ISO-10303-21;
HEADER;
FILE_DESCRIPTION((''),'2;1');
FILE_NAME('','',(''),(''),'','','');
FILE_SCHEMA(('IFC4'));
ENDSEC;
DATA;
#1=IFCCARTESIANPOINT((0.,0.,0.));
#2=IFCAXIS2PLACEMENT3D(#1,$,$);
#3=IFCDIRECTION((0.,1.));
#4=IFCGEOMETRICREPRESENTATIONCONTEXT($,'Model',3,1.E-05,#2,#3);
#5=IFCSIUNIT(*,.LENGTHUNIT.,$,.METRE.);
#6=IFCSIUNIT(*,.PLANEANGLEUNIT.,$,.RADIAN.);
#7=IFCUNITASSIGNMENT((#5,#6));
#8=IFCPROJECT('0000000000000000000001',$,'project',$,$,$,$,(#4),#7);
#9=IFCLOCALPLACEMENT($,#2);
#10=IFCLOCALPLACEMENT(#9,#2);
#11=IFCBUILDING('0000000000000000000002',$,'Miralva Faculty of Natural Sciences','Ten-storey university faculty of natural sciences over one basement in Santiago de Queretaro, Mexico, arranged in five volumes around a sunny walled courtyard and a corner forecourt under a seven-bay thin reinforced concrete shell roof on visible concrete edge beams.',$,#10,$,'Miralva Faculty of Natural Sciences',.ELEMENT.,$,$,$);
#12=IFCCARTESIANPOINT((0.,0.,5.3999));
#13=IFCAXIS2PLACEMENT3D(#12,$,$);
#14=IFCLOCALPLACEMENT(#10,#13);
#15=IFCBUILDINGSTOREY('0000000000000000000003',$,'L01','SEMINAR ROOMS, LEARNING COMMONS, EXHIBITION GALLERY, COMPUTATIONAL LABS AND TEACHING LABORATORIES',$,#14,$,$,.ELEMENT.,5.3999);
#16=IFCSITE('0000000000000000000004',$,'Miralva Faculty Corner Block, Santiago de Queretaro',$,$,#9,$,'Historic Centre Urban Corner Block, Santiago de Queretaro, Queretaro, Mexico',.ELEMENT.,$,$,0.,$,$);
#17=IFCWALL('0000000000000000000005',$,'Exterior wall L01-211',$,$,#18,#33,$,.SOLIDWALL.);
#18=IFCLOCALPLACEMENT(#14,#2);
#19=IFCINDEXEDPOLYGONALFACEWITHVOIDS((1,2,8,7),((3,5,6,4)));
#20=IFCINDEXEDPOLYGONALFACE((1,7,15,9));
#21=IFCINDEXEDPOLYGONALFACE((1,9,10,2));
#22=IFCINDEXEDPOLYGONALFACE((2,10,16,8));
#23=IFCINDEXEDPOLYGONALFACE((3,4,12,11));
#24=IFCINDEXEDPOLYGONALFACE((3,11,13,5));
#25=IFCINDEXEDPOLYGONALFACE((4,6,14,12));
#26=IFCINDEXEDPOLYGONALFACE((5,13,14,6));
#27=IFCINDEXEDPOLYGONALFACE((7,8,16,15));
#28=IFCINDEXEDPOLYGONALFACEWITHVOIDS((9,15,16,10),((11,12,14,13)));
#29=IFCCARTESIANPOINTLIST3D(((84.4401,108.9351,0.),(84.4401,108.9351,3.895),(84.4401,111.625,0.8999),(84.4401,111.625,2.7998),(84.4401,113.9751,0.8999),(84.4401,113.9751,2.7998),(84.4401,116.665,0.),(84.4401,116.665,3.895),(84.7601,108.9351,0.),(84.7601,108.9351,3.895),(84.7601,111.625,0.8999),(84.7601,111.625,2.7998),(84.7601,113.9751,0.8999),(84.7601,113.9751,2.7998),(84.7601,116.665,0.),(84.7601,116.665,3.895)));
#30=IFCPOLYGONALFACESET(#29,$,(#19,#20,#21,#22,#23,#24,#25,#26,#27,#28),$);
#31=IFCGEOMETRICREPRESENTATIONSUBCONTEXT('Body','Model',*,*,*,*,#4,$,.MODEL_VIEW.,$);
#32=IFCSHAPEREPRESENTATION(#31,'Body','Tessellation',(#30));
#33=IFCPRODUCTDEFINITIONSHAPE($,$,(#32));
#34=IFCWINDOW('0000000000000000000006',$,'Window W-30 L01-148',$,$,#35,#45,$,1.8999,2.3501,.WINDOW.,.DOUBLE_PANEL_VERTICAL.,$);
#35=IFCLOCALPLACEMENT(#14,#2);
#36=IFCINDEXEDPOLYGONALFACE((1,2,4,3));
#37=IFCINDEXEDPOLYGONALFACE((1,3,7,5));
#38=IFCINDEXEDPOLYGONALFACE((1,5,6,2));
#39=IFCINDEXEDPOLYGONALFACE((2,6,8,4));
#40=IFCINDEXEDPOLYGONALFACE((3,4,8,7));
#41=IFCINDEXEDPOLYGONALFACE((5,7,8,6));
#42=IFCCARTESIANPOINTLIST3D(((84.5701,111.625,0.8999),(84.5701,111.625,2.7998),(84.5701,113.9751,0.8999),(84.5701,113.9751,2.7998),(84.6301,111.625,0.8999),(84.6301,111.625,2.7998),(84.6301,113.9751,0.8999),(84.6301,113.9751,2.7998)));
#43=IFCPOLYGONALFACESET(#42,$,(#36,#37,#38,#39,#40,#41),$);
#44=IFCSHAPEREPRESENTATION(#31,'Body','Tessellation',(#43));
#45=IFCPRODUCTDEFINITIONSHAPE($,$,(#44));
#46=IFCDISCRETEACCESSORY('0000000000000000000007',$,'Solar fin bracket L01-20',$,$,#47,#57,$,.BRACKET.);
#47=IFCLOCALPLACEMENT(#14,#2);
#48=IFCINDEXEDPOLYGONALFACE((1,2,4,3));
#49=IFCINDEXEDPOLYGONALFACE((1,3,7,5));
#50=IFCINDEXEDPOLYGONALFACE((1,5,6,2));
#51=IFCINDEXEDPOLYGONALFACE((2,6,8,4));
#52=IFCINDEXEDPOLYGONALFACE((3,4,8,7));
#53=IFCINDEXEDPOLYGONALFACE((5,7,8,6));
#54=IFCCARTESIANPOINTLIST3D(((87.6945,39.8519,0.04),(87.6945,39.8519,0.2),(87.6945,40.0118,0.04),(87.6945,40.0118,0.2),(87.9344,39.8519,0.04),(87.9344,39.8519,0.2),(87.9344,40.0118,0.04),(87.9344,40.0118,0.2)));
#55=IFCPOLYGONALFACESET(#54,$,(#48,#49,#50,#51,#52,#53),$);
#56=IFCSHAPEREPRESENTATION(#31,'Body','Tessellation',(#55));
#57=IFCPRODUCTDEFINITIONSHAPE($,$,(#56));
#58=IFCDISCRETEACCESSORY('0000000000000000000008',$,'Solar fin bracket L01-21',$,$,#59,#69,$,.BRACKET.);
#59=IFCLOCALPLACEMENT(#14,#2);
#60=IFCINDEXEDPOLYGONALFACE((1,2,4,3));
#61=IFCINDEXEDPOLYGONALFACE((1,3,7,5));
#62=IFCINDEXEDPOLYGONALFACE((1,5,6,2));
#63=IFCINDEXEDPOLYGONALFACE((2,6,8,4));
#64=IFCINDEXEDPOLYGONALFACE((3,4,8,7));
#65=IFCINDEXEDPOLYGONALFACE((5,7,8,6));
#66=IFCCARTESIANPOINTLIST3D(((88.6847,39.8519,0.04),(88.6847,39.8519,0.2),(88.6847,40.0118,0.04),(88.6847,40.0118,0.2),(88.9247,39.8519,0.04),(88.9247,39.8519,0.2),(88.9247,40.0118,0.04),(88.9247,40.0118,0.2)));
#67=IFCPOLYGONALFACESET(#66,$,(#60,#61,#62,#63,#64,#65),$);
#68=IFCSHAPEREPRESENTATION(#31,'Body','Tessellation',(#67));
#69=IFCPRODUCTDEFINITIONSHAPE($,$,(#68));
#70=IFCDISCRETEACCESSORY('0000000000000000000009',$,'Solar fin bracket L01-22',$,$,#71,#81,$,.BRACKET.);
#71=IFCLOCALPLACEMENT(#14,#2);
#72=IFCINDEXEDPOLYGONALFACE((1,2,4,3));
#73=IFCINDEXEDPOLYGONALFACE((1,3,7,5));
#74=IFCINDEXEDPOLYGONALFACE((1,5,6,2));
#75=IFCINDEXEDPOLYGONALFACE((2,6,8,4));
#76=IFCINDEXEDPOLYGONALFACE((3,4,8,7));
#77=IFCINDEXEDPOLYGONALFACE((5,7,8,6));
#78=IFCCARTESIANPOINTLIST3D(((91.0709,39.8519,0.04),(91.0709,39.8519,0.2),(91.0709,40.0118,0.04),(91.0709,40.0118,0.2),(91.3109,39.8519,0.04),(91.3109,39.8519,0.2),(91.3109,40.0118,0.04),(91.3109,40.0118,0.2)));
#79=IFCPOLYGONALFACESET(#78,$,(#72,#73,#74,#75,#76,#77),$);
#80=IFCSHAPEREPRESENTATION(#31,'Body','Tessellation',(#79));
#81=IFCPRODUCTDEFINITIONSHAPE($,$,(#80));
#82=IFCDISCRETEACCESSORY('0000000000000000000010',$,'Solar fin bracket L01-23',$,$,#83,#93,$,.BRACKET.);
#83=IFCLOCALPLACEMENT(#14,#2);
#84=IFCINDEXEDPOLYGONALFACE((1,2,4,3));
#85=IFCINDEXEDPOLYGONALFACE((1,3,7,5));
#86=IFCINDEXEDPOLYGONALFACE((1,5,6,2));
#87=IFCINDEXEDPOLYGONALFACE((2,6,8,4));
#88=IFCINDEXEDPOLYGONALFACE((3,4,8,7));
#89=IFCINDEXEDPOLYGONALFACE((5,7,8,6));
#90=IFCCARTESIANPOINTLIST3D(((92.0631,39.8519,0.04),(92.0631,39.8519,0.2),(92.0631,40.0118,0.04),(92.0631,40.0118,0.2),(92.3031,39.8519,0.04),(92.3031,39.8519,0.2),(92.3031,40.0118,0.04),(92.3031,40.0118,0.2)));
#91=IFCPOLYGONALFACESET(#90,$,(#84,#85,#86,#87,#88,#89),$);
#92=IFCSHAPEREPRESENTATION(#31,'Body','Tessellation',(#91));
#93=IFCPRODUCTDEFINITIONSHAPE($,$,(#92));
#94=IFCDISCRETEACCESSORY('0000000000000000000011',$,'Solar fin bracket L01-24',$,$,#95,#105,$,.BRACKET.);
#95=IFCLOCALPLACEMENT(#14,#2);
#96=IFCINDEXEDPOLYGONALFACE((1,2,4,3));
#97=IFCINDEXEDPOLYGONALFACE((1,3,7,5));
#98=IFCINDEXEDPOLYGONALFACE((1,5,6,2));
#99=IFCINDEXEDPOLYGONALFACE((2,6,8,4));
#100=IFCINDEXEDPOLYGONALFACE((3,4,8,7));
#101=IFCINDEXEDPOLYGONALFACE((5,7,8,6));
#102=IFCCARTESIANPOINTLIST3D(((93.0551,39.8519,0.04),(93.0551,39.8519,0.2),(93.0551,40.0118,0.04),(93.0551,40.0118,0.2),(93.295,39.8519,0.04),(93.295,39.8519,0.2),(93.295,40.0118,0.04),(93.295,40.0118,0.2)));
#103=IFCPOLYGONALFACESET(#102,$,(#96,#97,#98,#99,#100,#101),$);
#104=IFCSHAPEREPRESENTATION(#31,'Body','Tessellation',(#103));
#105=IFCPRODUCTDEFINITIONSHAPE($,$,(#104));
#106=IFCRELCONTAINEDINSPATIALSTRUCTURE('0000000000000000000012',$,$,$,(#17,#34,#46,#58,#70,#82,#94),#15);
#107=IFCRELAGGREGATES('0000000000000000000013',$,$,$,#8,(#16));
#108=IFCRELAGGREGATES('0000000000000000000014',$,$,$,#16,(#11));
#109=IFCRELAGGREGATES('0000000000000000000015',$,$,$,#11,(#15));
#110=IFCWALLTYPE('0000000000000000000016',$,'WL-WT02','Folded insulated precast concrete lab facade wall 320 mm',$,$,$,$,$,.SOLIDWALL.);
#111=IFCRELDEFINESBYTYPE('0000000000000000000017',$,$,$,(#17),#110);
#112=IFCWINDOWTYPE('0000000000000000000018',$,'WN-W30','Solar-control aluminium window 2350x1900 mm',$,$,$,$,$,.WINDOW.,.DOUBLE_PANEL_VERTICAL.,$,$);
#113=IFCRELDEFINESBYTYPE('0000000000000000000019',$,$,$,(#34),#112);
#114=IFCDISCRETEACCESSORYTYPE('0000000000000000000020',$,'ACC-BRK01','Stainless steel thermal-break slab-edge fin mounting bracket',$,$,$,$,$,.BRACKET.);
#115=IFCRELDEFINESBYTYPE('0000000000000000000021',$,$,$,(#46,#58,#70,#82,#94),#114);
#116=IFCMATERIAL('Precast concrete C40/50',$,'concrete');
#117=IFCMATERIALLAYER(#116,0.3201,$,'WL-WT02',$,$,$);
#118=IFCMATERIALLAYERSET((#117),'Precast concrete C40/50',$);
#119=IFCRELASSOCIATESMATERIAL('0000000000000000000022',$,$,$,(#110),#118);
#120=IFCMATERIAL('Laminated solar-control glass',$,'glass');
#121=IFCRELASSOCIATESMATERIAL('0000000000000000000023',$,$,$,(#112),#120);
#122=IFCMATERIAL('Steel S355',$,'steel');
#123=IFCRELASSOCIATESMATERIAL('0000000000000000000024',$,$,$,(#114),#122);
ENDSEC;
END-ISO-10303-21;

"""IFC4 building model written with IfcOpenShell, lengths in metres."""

from ifc_helpers import new_model, si_unit, direction, frame, frame_2d, origin, origin_2d, place, context, subcontext, project, spatial, rectangle, extrude, material, layer, layer_set, type_object, element, fill, save


model = new_model("IFC4")

# Units and contexts
model_context = context("Model", 3, precision=1e-05, world=origin(), true_north=direction((0.0, 1.0)))
body_context = subcontext(model_context, "Body", "Model", "MODEL_VIEW")
ifc_project = project(units=[si_unit("LENGTHUNIT", "METRE"), si_unit("PLANEANGLEUNIT", "RADIAN")], contexts=[model_context])

# Site, building, storey
site_placement = place(None, origin())
site = spatial("IfcSite", under=ifc_project, at=site_placement, Name="Miralva Faculty Corner Block, Santiago de Queretaro", LongName="Historic Centre Urban Corner Block, Santiago de Queretaro, Queretaro, Mexico", CompositionType="ELEMENT", RefElevation=0.0)
building_placement = place(site_placement, origin())
building = spatial("IfcBuilding", under=site, at=building_placement, Name="Miralva Faculty of Natural Sciences", Description="Ten-storey university faculty of natural sciences over one basement in Santiago de Queretaro, Mexico, arranged in five volumes around a sunny walled courtyard and a corner forecourt under a seven-bay thin reinforced concrete shell roof on visible concrete edge beams.", LongName="Miralva Faculty of Natural Sciences", CompositionType="ELEMENT")
storey_placement = place(building_placement, frame((0.0, 0.0, 5.3999)))
storey = spatial("IfcBuildingStorey", under=building, at=storey_placement, Name="L01", Description="SEMINAR ROOMS, LEARNING COMMONS, EXHIBITION GALLERY, COMPUTATIONAL LABS AND TEACHING LABORATORIES", CompositionType="ELEMENT", Elevation=5.3999)

# Wall, opening, window
ifc_material_1 = material(Name="Precast concrete C40/50", Category="concrete")
ifc_layer = layer(ifc_material_1, 0.3201, Name="WL-WT02")
ifc_layer_set = layer_set([ifc_layer], Name="Precast concrete C40/50")
wall_type = type_object("IfcWallType", Name="WL-WT02", Description="Folded insulated precast concrete lab facade wall 320 mm", PredefinedType="SOLIDWALL", material=ifc_layer_set)
ifc_material_2 = material(Name="Laminated solar-control glass", Category="glass")
wall_1_placement = place(storey_placement, frame((84.6001, 108.9351, 0.0), z_axis=(0.0, 0.0, 1.0), x_axis=(0.0, 1.0, 0.0)))
wall_1 = element("IfcWall", 1, at=wall_1_placement, inside=storey, type_object=wall_type, Name="Exterior wall L01-211", PredefinedType="SOLIDWALL", context=body_context, shape_type="SweptSolid", body=[
    extrude(rectangle(XDim=7.73, YDim=0.3201, at=frame_2d((3.865, 0.0))), origin(), (0.0, 0.0, 1.0), 3.895),
])
opening_1_placement = place(wall_1_placement, frame((2.6899, 0.0, 0.8999)))
opening_1 = element("IfcOpeningElement", 2, at=opening_1_placement, cuts=wall_1, PredefinedType="OPENING", context=body_context, shape_type="SweptSolid", body=[
    extrude(rectangle(XDim=2.3501, YDim=1.8999, at=frame_2d((1.175, 0.95))), frame((0.0, 0.1699, 0.0), z_axis=(0.0, -1.0, 0.0), x_axis=(1.0, 0.0, 0.0)), (0.0, 0.0, 1.0), 0.3401),
])
window_type_1 = type_object("IfcWindowType", Name="WN-W30", Description="Solar-control aluminium window 2350x1900 mm", PartitioningType="DOUBLE_PANEL_VERTICAL", PredefinedType="WINDOW", material=ifc_material_2)
window_1_placement = place(opening_1_placement, frame((2.3501, 0.0, 0.0), z_axis=(0.0, 0.0, 1.0), x_axis=(-1.0, 0.0, 0.0)))
window_1 = element("IfcWindow", 3, at=window_1_placement, inside=storey, type_object=window_type_1, Name="Window W-30 L01-148", OverallHeight=1.8999, OverallWidth=2.3501, PartitioningType="DOUBLE_PANEL_VERTICAL", PredefinedType="WINDOW", context=body_context, shape_type="SweptSolid", body=[
    extrude(rectangle(XDim=2.3501, YDim=1.8999, at=frame_2d((1.175, 0.95))), frame((0.0, 0.03, 0.0), z_axis=(0.0, -1.0, 0.0), x_axis=(1.0, 0.0, 0.0)), (0.0, 0.0, 1.0), 0.0601),
])
fill(opening_1, window_1)

# Discrete accessories
ifc_material_3 = material(Name="Steel S355", Category="steel")
discrete_accessory_type = type_object("IfcDiscreteAccessoryType", Name="ACC-BRK01", Description="Stainless steel thermal-break slab-edge fin mounting bracket", PredefinedType="BRACKET", material=ifc_material_3)
for number, where, z_axis, x_axis, name in (
    (4, (87.8145, 39.9319, 0.04), (0.0, 0.0, 1.0), (0.0, 1.0, 0.0), "Solar fin bracket L01-20"),
    (5, (88.8047, 39.9319, 0.04), (0.0, 0.0, 1.0), (0.0, 1.0, 0.0), "Solar fin bracket L01-21"),
    (6, (91.1909, 39.9319, 0.04), (0.0, 0.0, 1.0), (0.0, 1.0, 0.0), "Solar fin bracket L01-22"),
    (7, (92.1831, 39.9319, 0.04), (0.0, 0.0, 1.0), (0.0, 1.0, 0.0), "Solar fin bracket L01-23"),
    (8, (93.175, 39.9319, 0.04), (0.0, 0.0, 1.0), (0.0, 1.0, 0.0), "Solar fin bracket L01-24"),
):
    element("IfcDiscreteAccessory", number, at=place(storey_placement, frame(where, z_axis=z_axis, x_axis=x_axis)), inside=storey, type_object=discrete_accessory_type, Name=name, PredefinedType="BRACKET", context=body_context, shape_type="SweptSolid", body=[
        extrude(rectangle(XDim=0.1599, YDim=0.24, at=origin_2d()), origin(), (0.0, 0.0, 1.0), 0.1599),
    ])

save(model, "model.ifc")
